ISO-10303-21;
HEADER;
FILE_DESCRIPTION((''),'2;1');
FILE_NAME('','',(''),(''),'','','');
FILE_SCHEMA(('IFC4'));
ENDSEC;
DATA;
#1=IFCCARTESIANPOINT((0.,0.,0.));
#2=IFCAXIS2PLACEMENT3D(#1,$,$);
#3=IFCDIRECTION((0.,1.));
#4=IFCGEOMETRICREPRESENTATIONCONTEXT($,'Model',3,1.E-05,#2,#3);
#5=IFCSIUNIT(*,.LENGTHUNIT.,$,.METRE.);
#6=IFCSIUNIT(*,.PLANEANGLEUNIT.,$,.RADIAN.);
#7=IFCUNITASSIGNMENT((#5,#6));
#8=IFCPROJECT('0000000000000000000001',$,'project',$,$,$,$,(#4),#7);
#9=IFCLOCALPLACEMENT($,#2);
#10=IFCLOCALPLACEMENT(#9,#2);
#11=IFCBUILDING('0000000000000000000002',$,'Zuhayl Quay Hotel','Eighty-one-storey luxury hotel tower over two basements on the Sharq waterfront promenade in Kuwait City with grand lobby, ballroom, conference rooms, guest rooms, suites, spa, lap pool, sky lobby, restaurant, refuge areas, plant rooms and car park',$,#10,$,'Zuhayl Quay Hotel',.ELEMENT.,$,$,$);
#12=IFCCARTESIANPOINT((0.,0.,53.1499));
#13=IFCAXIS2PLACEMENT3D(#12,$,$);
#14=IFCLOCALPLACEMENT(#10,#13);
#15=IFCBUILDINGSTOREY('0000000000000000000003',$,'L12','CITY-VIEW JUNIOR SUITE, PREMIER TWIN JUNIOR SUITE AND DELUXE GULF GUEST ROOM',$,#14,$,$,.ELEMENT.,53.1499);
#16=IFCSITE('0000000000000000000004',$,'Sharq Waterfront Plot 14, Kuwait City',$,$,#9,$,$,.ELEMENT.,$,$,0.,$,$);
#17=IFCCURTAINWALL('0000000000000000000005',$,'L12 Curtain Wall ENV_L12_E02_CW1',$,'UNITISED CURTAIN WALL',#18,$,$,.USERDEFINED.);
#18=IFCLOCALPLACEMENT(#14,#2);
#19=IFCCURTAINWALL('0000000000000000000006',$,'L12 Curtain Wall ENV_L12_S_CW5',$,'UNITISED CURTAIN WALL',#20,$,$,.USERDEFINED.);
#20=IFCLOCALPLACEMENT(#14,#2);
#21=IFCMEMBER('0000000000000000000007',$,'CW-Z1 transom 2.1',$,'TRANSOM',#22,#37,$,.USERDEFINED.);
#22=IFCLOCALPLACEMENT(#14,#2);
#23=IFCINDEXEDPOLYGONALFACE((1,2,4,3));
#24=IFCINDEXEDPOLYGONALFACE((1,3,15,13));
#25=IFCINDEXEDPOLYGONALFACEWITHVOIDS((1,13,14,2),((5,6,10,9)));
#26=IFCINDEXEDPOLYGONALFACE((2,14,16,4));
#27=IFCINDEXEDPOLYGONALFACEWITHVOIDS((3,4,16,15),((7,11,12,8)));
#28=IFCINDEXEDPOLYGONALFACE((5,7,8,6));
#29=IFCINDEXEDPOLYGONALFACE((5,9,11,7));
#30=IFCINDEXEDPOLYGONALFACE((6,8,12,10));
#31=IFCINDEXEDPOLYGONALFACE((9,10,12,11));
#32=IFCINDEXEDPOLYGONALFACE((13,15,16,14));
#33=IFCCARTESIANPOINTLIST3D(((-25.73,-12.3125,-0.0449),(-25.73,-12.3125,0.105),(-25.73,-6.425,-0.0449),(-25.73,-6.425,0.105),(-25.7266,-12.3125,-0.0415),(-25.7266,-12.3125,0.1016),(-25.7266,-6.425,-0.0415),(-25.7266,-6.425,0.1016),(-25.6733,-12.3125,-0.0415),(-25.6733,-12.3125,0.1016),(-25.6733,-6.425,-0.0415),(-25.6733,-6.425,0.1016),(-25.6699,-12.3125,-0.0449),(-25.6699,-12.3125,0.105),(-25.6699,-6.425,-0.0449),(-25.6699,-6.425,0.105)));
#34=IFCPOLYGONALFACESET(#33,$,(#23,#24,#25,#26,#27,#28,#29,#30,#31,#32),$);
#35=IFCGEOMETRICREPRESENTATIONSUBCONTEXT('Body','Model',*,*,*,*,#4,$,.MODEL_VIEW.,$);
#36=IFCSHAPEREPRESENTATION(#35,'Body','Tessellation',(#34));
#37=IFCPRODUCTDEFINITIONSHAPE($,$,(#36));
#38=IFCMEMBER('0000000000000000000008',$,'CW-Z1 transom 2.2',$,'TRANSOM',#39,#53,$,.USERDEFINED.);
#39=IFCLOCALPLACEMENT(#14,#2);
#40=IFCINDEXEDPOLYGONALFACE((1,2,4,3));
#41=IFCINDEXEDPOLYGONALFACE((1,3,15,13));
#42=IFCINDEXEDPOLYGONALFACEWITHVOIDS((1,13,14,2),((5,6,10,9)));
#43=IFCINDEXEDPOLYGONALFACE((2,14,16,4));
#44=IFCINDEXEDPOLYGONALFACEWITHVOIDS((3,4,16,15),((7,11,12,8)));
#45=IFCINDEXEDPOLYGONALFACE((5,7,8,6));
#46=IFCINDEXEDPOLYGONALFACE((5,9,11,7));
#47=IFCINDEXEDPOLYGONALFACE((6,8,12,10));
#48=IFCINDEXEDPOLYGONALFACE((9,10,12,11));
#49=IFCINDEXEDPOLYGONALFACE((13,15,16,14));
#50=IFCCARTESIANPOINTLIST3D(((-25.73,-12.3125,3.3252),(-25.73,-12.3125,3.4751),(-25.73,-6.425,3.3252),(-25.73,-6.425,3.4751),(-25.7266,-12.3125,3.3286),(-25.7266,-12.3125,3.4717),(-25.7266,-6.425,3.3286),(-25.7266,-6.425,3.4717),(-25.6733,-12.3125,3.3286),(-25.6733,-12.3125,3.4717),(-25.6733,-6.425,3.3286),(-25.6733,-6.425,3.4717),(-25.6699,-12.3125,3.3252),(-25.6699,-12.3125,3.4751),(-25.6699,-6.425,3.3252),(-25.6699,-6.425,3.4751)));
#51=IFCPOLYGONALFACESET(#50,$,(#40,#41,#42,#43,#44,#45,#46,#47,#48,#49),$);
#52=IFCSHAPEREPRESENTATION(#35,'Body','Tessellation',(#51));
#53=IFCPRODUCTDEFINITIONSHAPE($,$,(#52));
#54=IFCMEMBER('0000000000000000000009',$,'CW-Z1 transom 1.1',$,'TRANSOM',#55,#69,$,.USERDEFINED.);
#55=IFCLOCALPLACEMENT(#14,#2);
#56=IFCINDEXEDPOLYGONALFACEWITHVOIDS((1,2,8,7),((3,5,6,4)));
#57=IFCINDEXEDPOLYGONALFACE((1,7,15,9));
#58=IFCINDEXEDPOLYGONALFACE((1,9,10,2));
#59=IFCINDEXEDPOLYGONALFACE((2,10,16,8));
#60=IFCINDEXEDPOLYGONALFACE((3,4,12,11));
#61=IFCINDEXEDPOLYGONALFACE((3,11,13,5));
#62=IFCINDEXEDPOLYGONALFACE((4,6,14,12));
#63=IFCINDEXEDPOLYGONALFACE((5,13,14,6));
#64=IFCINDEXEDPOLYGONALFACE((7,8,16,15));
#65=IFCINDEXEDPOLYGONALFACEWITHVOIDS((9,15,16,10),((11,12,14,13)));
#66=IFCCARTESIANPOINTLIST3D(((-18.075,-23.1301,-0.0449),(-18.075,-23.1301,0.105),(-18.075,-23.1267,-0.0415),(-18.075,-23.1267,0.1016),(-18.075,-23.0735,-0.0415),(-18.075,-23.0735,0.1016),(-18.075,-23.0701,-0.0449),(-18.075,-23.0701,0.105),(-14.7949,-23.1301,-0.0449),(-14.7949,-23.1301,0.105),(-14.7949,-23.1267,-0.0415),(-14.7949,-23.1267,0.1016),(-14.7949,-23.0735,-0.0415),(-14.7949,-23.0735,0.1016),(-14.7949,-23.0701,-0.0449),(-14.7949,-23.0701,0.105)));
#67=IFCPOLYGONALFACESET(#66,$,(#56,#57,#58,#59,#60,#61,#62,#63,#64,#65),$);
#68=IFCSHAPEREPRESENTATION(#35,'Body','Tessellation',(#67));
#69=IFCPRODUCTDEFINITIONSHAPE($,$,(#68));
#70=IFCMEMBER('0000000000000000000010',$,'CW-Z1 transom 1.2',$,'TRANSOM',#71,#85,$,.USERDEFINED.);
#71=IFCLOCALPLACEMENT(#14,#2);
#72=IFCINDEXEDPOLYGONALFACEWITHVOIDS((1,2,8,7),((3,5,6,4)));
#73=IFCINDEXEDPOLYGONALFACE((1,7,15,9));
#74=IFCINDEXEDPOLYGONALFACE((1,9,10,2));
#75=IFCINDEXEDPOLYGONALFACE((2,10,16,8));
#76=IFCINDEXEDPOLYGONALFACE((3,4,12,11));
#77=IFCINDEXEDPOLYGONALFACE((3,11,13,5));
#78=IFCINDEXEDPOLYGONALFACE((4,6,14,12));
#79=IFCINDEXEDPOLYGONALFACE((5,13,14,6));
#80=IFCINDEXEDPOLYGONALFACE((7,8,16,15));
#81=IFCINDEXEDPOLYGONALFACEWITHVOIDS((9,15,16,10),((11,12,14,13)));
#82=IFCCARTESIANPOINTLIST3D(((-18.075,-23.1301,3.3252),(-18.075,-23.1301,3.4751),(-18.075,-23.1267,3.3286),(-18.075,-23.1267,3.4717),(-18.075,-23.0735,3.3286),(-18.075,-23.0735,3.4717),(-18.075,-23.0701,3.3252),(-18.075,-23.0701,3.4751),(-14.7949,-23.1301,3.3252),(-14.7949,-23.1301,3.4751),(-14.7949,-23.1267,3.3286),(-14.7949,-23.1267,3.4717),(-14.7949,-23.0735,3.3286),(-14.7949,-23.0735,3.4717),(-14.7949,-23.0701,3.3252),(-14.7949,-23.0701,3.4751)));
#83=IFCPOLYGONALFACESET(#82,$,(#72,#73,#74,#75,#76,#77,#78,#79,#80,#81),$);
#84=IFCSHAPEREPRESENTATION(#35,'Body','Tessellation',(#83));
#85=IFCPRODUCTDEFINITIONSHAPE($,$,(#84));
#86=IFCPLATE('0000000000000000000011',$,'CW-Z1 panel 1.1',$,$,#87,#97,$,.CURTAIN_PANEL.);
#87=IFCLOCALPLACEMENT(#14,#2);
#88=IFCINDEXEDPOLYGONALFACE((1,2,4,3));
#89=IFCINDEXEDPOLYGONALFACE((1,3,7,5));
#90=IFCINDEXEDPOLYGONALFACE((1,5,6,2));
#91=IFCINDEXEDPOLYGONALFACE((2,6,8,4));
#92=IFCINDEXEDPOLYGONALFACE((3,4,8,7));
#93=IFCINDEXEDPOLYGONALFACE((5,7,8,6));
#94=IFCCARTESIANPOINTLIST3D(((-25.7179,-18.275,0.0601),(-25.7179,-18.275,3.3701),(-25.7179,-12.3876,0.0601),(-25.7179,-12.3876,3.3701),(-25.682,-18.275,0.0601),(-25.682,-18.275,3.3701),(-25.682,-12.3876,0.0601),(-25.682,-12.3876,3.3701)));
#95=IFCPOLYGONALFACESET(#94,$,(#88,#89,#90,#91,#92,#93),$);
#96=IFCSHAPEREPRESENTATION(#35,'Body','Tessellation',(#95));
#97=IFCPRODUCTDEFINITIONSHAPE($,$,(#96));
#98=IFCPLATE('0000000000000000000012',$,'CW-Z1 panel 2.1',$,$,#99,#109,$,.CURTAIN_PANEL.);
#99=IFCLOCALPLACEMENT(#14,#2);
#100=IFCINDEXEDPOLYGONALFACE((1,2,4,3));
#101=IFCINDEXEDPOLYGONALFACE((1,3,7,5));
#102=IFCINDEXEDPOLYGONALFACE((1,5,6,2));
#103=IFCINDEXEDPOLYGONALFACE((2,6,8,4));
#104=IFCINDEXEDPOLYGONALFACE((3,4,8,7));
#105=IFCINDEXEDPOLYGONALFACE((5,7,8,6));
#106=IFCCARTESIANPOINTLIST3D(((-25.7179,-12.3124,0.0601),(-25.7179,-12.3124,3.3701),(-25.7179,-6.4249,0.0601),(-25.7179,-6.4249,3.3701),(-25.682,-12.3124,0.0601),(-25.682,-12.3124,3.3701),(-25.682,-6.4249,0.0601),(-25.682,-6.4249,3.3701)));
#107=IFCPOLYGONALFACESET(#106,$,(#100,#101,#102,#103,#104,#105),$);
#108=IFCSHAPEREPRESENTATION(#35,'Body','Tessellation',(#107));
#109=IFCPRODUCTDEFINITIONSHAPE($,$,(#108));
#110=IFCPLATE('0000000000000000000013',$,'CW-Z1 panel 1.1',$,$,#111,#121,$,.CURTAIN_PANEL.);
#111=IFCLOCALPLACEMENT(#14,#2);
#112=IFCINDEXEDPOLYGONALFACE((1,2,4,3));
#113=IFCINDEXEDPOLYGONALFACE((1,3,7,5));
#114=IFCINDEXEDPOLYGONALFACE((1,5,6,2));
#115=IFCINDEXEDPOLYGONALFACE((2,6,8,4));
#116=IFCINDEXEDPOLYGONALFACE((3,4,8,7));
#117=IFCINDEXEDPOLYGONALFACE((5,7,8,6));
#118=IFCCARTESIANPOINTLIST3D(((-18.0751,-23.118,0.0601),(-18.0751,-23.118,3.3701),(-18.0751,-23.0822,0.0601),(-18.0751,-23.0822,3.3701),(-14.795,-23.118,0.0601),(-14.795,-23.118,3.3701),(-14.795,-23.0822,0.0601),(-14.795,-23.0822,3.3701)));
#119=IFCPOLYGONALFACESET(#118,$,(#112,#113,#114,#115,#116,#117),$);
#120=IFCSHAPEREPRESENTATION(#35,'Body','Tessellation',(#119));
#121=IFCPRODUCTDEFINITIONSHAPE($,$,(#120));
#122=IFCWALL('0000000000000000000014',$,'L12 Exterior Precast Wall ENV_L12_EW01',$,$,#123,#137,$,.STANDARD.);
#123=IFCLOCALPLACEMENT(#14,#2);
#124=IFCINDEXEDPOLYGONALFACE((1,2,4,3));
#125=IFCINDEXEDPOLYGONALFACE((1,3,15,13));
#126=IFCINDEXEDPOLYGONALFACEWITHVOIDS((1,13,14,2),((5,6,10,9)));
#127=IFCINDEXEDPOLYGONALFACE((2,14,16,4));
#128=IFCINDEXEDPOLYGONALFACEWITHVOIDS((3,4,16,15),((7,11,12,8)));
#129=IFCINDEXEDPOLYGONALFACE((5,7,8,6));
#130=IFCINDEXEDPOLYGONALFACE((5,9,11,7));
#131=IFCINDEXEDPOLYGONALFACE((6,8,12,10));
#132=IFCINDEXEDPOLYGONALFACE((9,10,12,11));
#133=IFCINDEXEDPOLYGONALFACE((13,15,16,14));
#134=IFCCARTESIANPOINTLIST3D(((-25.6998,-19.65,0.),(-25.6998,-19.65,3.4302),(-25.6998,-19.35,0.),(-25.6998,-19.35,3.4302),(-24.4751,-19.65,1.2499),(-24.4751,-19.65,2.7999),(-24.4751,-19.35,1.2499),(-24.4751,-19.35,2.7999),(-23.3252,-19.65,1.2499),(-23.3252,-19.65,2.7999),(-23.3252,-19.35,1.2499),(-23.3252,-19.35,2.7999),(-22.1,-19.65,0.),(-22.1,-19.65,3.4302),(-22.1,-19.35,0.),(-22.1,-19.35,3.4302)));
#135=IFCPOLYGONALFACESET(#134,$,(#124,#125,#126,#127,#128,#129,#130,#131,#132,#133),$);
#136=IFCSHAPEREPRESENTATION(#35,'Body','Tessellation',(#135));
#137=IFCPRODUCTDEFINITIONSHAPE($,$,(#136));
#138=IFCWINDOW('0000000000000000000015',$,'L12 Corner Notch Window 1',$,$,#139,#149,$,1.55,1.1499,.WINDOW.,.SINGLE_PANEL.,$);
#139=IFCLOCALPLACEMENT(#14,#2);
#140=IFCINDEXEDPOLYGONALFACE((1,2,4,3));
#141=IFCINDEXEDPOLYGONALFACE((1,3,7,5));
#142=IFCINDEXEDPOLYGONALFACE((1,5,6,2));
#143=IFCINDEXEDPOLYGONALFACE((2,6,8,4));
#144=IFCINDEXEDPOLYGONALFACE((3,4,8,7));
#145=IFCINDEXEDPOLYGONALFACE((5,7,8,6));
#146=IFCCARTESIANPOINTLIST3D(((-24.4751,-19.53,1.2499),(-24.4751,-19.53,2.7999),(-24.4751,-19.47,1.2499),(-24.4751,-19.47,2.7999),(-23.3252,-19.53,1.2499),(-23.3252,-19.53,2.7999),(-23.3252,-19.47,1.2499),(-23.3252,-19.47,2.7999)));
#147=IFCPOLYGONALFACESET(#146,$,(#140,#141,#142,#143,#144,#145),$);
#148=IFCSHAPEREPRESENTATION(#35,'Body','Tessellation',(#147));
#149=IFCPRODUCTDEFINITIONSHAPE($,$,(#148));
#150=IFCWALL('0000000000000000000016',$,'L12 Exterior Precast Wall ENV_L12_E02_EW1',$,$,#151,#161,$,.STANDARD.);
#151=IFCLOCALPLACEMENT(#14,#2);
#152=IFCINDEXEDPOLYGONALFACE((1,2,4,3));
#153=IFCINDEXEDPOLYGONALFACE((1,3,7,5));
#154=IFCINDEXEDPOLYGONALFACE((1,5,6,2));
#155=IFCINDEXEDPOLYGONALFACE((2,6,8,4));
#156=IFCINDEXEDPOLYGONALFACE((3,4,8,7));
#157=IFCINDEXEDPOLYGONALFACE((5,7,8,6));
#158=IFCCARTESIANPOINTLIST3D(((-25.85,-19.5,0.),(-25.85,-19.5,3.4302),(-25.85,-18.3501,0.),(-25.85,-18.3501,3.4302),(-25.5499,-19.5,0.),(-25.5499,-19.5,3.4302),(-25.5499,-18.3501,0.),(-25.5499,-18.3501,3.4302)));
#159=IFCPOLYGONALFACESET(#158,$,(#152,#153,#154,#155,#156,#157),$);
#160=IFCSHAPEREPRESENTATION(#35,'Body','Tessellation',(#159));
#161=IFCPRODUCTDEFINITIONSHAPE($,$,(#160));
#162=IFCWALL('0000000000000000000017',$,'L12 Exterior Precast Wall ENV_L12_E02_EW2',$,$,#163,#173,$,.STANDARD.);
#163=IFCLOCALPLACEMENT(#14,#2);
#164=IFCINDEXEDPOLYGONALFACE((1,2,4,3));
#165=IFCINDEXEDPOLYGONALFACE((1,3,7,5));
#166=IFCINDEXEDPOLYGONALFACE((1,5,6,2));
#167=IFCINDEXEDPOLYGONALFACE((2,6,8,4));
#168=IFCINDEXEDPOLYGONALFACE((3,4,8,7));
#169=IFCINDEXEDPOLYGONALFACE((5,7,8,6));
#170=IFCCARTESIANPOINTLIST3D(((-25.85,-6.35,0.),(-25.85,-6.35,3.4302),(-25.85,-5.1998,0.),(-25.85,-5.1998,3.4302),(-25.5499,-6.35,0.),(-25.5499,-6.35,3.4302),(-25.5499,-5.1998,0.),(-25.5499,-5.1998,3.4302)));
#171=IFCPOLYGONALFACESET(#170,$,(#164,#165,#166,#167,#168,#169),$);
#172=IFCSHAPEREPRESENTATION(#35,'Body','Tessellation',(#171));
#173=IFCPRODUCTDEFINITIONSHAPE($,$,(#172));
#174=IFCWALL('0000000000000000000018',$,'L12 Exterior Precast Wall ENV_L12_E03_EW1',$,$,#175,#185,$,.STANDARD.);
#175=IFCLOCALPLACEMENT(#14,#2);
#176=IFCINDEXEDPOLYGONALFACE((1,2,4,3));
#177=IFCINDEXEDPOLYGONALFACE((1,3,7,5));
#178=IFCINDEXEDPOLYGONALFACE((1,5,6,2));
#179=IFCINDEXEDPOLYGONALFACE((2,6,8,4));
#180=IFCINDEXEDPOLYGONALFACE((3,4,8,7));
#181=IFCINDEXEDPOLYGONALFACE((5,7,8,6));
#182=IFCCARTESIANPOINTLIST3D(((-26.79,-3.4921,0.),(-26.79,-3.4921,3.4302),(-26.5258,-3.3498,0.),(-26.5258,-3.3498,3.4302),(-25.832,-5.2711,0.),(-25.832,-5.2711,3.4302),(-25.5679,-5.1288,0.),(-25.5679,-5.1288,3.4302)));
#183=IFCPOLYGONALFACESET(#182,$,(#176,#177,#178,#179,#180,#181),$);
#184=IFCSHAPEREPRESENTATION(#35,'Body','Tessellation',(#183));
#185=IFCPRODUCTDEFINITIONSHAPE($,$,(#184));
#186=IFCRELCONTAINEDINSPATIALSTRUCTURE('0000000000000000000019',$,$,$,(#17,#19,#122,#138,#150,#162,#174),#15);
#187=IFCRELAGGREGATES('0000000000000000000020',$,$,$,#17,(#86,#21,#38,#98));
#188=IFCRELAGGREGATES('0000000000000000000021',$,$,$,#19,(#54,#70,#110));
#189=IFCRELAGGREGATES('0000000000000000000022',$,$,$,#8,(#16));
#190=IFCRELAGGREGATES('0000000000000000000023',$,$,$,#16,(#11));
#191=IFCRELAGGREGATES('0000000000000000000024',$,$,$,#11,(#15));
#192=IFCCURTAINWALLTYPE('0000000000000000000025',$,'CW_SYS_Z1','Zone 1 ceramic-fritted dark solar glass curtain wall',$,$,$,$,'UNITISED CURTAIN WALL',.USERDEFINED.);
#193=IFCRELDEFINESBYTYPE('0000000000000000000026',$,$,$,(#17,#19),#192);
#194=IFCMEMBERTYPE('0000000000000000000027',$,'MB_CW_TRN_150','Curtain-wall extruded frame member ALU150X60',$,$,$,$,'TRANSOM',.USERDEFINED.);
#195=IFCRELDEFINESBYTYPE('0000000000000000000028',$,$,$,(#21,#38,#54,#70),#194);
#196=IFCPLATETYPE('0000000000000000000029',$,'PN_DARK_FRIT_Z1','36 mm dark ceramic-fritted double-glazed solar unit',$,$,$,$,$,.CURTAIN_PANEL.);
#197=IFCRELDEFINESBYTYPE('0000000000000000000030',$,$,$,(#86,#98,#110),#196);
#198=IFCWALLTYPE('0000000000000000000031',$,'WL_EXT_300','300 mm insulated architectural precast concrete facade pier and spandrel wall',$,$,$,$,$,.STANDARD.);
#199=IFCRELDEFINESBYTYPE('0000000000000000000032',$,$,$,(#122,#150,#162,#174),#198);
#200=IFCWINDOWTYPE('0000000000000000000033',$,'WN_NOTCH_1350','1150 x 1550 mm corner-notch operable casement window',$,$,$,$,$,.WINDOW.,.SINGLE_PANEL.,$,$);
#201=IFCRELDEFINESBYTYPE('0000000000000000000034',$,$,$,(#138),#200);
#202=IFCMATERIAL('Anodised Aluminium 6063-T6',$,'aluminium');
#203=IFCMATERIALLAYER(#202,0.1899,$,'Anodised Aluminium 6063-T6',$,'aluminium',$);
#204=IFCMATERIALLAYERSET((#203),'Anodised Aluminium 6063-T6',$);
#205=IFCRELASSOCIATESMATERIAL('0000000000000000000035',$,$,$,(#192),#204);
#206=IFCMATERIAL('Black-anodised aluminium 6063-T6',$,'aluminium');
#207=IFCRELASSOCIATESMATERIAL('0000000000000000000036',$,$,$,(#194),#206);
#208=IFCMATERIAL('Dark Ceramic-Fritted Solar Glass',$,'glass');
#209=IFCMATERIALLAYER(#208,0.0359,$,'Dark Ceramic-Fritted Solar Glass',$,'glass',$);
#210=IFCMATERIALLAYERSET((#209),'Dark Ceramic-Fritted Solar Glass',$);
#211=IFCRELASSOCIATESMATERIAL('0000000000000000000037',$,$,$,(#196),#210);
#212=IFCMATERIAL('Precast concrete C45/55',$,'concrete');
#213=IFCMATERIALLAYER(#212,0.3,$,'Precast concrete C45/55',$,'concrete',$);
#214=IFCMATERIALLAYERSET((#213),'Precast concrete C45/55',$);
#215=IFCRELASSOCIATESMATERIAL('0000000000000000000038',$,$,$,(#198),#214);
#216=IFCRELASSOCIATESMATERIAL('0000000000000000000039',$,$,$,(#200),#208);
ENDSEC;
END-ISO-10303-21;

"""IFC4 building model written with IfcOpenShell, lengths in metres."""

from ifc_helpers import new_model, si_unit, direction, frame, frame_2d, origin, origin_2d, place, context, subcontext, project, spatial, rectangle, hollow_rectangle, extrude, material, layer, layer_set, material_profile, profile_set, type_object, element, fill, aggregate, save


model = new_model("IFC4")

# Units and contexts
model_context = context("Model", 3, precision=1e-05, world=origin(), true_north=direction((0.0, 1.0)))
body_context = subcontext(model_context, "Body", "Model", "MODEL_VIEW")
ifc_project = project(units=[si_unit("LENGTHUNIT", "METRE"), si_unit("PLANEANGLEUNIT", "RADIAN")], contexts=[model_context])

# Site, building, storey
site_placement = place(None, origin())
site = spatial("IfcSite", under=ifc_project, at=site_placement, Name="Sharq Waterfront Plot 14, Kuwait City", CompositionType="ELEMENT", RefElevation=0.0)
building_placement = place(site_placement, origin())
building = spatial("IfcBuilding", under=site, at=building_placement, Name="Zuhayl Quay Hotel", Description="Eighty-one-storey luxury hotel tower over two basements on the Sharq waterfront promenade in Kuwait City with grand lobby, ballroom, conference rooms, guest rooms, suites, spa, lap pool, sky lobby, restaurant, refuge areas, plant rooms and car park", LongName="Zuhayl Quay Hotel", CompositionType="ELEMENT")
storey_placement = place(building_placement, frame((0.0, 0.0, 53.1499)))
storey = spatial("IfcBuildingStorey", under=building, at=storey_placement, Name="L12", Description="CITY-VIEW JUNIOR SUITE, PREMIER TWIN JUNIOR SUITE AND DELUXE GULF GUEST ROOM", CompositionType="ELEMENT", Elevation=53.1499)

# Curtain walls
ifc_material_1 = material(Name="Anodised Aluminium 6063-T6", Category="aluminium")
ifc_layer_1 = layer(ifc_material_1, 0.1899, Name="Anodised Aluminium 6063-T6", Category="aluminium")
ifc_layer_set_1 = layer_set([ifc_layer_1], Name="Anodised Aluminium 6063-T6")
curtain_wall_type = type_object("IfcCurtainWallType", Name="CW_SYS_Z1", Description="Zone 1 ceramic-fritted dark solar glass curtain wall", ElementType="UNITISED CURTAIN WALL", PredefinedType="USERDEFINED", material=ifc_layer_set_1)
curtain_wall_1_placement = place(storey_placement, origin())
curtain_wall_1 = element("IfcCurtainWall", 1, at=curtain_wall_1_placement, inside=storey, type_object=curtain_wall_type, Name="L12 Curtain Wall ENV_L12_E02_CW1", ObjectType="UNITISED CURTAIN WALL", PredefinedType="USERDEFINED")
ifc_material_2 = material(Name="Black-anodised aluminium 6063-T6", Category="aluminium")
curtain_wall_2_placement = place(storey_placement, origin())
curtain_wall_2 = element("IfcCurtainWall", 2, at=curtain_wall_2_placement, inside=storey, type_object=curtain_wall_type, Name="L12 Curtain Wall ENV_L12_S_CW5", ObjectType="UNITISED CURTAIN WALL", PredefinedType="USERDEFINED")

# Members
ifc_material_profile_1 = material_profile(ifc_material_2, hollow_rectangle(XDim=0.0601, YDim=0.1499, WallThickness=0.0034, at=origin_2d()), Name="ALU150X60")
ifc_profile_set_1 = profile_set([ifc_material_profile_1], Name="Black-anodised aluminium 6063-T6")
member_type_1 = type_object("IfcMemberType", Name="MB_CW_TRN_150", Description="Curtain-wall extruded frame member ALU150X60", ElementType="TRANSOM", PredefinedType="USERDEFINED", material=ifc_profile_set_1)
member_1_placement = place(storey_placement, frame((-25.7, -12.3125, 0.03), z_axis=(0.0, 1.0, 0.0), x_axis=(-1.0, 0.0, 0.0)))
member_1 = element("IfcMember", 3, at=member_1_placement, type_object=member_type_1, Name="CW-Z1 transom 2.1", ObjectType="TRANSOM", PredefinedType="USERDEFINED", context=body_context, shape_type="SweptSolid", body=[
    extrude(hollow_rectangle(XDim=0.0601, YDim=0.1499, WallThickness=0.0034, at=origin_2d()), origin(), (0.0, 0.0, 1.0), 5.8875),
])
member_2_placement = place(storey_placement, frame((-25.7, -12.3125, 3.4001), z_axis=(0.0, 1.0, 0.0), x_axis=(-1.0, 0.0, 0.0)))
member_2 = element("IfcMember", 4, at=member_2_placement, type_object=member_type_1, Name="CW-Z1 transom 2.2", ObjectType="TRANSOM", PredefinedType="USERDEFINED", context=body_context, shape_type="SweptSolid", body=[
    extrude(hollow_rectangle(XDim=0.0601, YDim=0.1499, WallThickness=0.0034, at=origin_2d()), origin(), (0.0, 0.0, 1.0), 5.8875),
])
member_3_placement = place(storey_placement, frame((-14.7949, -23.1001, 0.03), z_axis=(-1.0, 0.0, 0.0), x_axis=(0.0, -1.0, 0.0)))
member_3 = element("IfcMember", 5, at=member_3_placement, type_object=member_type_1, Name="CW-Z1 transom 1.1", ObjectType="TRANSOM", PredefinedType="USERDEFINED", context=body_context, shape_type="SweptSolid", body=[
    extrude(hollow_rectangle(XDim=0.0601, YDim=0.1499, WallThickness=0.0034, at=origin_2d()), origin(), (0.0, 0.0, 1.0), 3.28),
])
member_4_placement = place(storey_placement, frame((-14.7949, -23.1001, 3.4001), z_axis=(-1.0, 0.0, 0.0), x_axis=(0.0, -1.0, 0.0)))
member_4 = element("IfcMember", 6, at=member_4_placement, type_object=member_type_1, Name="CW-Z1 transom 1.2", ObjectType="TRANSOM", PredefinedType="USERDEFINED", context=body_context, shape_type="SweptSolid", body=[
    extrude(hollow_rectangle(XDim=0.0601, YDim=0.1499, WallThickness=0.0034, at=origin_2d()), origin(), (0.0, 0.0, 1.0), 3.28),
])

# Plates
ifc_material_3 = material(Name="Dark Ceramic-Fritted Solar Glass", Category="glass")
ifc_layer_2 = layer(ifc_material_3, 0.0359, Name="Dark Ceramic-Fritted Solar Glass", Category="glass")
ifc_layer_set_2 = layer_set([ifc_layer_2], Name="Dark Ceramic-Fritted Solar Glass")
plate_type = type_object("IfcPlateType", Name="PN_DARK_FRIT_Z1", Description="36 mm dark ceramic-fritted double-glazed solar unit", PredefinedType="CURTAIN_PANEL", material=ifc_layer_set_2)
plate_1_placement = place(storey_placement, frame((-25.7, -15.3313, 0.0601), z_axis=(0.0, 0.0, 1.0), x_axis=(0.0, 1.0, 0.0)))
plate_1 = element("IfcPlate", 7, at=plate_1_placement, type_object=plate_type, Name="CW-Z1 panel 1.1", PredefinedType="CURTAIN_PANEL", context=body_context, shape_type="SweptSolid", body=[
    extrude(rectangle(XDim=5.8875, YDim=0.0359, at=origin_2d()), origin(), (0.0, 0.0, 1.0), 3.3101),
])
plate_2_placement = place(storey_placement, frame((-25.7, -9.3687, 0.0601), z_axis=(0.0, 0.0, 1.0), x_axis=(0.0, 1.0, 0.0)))
plate_2 = element("IfcPlate", 8, at=plate_2_placement, type_object=plate_type, Name="CW-Z1 panel 2.1", PredefinedType="CURTAIN_PANEL", context=body_context, shape_type="SweptSolid", body=[
    extrude(rectangle(XDim=5.8875, YDim=0.0359, at=origin_2d()), origin(), (0.0, 0.0, 1.0), 3.3101),
])
aggregate(curtain_wall_1, [plate_1, member_1, member_2, plate_2])
plate_3_placement = place(storey_placement, frame((-16.4351, -23.1001, 0.0601), z_axis=(0.0, 0.0, 1.0), x_axis=(-1.0, 0.0, 0.0)))
plate_3 = element("IfcPlate", 9, at=plate_3_placement, type_object=plate_type, Name="CW-Z1 panel 1.1", PredefinedType="CURTAIN_PANEL", context=body_context, shape_type="SweptSolid", body=[
    extrude(rectangle(XDim=3.28, YDim=0.0359, at=origin_2d()), origin(), (0.0, 0.0, 1.0), 3.3101),
])
aggregate(curtain_wall_2, [member_3, member_4, plate_3])

# Wall, opening, window
ifc_material_4 = material(Name="Precast concrete C45/55", Category="concrete")
ifc_layer_3 = layer(ifc_material_4, 0.3, Name="Precast concrete C45/55", Category="concrete")
ifc_layer_set_3 = layer_set([ifc_layer_3], Name="Precast concrete C45/55")
wall_type_1 = type_object("IfcWallType", Name="WL_EXT_300", Description="300 mm insulated architectural precast concrete facade pier and spandrel wall", PredefinedType="STANDARD", material=ifc_layer_set_3)
wall_1_placement = place(storey_placement, frame((-22.1001, -19.5, 0.0), z_axis=(0.0, 0.0, 1.0), x_axis=(-1.0, 0.0, 0.0)))
wall_1 = element("IfcWall", 10, at=wall_1_placement, inside=storey, type_object=wall_type_1, Name="L12 Exterior Precast Wall ENV_L12_EW01", PredefinedType="STANDARD", context=body_context, shape_type="SweptSolid", body=[
    extrude(rectangle(XDim=3.5999, YDim=0.3, at=frame_2d((1.7998, 0.0))), origin(), (0.0, 0.0, 1.0), 3.4302),
])
opening_1_placement = place(wall_1_placement, frame((1.2251, 0.0, 1.25)))
opening_1 = element("IfcOpeningElement", 11, at=opening_1_placement, cuts=wall_1, PredefinedType="OPENING", context=body_context, shape_type="SweptSolid", body=[
    extrude(rectangle(XDim=1.1499, YDim=1.55, at=frame_2d((0.575, 0.7749))), frame((0.0, 0.1599, 0.0), z_axis=(0.0, -1.0, 0.0), x_axis=(1.0, 0.0, 0.0)), (0.0, 0.0, 1.0), 0.3201),
])
window_type_1 = type_object("IfcWindowType", Name="WN_NOTCH_1350", Description="1150 x 1550 mm corner-notch operable casement window", PartitioningType="SINGLE_PANEL", PredefinedType="WINDOW", material=ifc_material_3)
window_1_placement = place(opening_1_placement, origin())
window_1 = element("IfcWindow", 12, at=window_1_placement, inside=storey, type_object=window_type_1, Name="L12 Corner Notch Window 1", OverallHeight=1.55, OverallWidth=1.1499, PartitioningType="SINGLE_PANEL", PredefinedType="WINDOW", context=body_context, shape_type="SweptSolid", body=[
    extrude(rectangle(XDim=1.1499, YDim=1.55, at=frame_2d((0.575, 0.7749))), frame((0.0, 0.03, 0.0), z_axis=(0.0, -1.0, 0.0), x_axis=(1.0, 0.0, 0.0)), (0.0, 0.0, 1.0), 0.0601),
])
fill(opening_1, window_1)

# Walls
wall_2_placement = place(storey_placement, frame((-25.7, -19.5, 0.0), z_axis=(0.0, 0.0, 1.0), x_axis=(0.0, 1.0, 0.0)))
element("IfcWall", 13, at=wall_2_placement, inside=storey, type_object=wall_type_1, Name="L12 Exterior Precast Wall ENV_L12_E02_EW1", PredefinedType="STANDARD", context=body_context, shape_type="SweptSolid", body=[
    extrude(rectangle(XDim=1.1499, YDim=0.3, at=frame_2d((0.575, 0.0))), origin(), (0.0, 0.0, 1.0), 3.4302),
])
wall_3_placement = place(storey_placement, frame((-25.7, -6.3501, 0.0), z_axis=(0.0, 0.0, 1.0), x_axis=(0.0, 1.0, 0.0)))
element("IfcWall", 14, at=wall_3_placement, inside=storey, type_object=wall_type_1, Name="L12 Exterior Precast Wall ENV_L12_E02_EW2", PredefinedType="STANDARD", context=body_context, shape_type="SweptSolid", body=[
    extrude(rectangle(XDim=1.1501, YDim=0.3, at=frame_2d((0.5752, 0.0))), origin(), (0.0, 0.0, 1.0), 3.4302),
])
wall_4_placement = place(storey_placement, frame((-25.7, -5.2, 0.0), z_axis=(0.0, 0.0, 1.0), x_axis=(-0.474121, 0.880459, 0.0)))
element("IfcWall", 15, at=wall_4_placement, inside=storey, type_object=wall_type_1, Name="L12 Exterior Precast Wall ENV_L12_E03_EW1", PredefinedType="STANDARD", context=body_context, shape_type="SweptSolid", body=[
    extrude(rectangle(XDim=2.0205, YDim=0.3, at=frame_2d((1.0103, 0.0))), origin(), (0.0, 0.0, 1.0), 3.4302),
])

save(model, "model.ifc")
